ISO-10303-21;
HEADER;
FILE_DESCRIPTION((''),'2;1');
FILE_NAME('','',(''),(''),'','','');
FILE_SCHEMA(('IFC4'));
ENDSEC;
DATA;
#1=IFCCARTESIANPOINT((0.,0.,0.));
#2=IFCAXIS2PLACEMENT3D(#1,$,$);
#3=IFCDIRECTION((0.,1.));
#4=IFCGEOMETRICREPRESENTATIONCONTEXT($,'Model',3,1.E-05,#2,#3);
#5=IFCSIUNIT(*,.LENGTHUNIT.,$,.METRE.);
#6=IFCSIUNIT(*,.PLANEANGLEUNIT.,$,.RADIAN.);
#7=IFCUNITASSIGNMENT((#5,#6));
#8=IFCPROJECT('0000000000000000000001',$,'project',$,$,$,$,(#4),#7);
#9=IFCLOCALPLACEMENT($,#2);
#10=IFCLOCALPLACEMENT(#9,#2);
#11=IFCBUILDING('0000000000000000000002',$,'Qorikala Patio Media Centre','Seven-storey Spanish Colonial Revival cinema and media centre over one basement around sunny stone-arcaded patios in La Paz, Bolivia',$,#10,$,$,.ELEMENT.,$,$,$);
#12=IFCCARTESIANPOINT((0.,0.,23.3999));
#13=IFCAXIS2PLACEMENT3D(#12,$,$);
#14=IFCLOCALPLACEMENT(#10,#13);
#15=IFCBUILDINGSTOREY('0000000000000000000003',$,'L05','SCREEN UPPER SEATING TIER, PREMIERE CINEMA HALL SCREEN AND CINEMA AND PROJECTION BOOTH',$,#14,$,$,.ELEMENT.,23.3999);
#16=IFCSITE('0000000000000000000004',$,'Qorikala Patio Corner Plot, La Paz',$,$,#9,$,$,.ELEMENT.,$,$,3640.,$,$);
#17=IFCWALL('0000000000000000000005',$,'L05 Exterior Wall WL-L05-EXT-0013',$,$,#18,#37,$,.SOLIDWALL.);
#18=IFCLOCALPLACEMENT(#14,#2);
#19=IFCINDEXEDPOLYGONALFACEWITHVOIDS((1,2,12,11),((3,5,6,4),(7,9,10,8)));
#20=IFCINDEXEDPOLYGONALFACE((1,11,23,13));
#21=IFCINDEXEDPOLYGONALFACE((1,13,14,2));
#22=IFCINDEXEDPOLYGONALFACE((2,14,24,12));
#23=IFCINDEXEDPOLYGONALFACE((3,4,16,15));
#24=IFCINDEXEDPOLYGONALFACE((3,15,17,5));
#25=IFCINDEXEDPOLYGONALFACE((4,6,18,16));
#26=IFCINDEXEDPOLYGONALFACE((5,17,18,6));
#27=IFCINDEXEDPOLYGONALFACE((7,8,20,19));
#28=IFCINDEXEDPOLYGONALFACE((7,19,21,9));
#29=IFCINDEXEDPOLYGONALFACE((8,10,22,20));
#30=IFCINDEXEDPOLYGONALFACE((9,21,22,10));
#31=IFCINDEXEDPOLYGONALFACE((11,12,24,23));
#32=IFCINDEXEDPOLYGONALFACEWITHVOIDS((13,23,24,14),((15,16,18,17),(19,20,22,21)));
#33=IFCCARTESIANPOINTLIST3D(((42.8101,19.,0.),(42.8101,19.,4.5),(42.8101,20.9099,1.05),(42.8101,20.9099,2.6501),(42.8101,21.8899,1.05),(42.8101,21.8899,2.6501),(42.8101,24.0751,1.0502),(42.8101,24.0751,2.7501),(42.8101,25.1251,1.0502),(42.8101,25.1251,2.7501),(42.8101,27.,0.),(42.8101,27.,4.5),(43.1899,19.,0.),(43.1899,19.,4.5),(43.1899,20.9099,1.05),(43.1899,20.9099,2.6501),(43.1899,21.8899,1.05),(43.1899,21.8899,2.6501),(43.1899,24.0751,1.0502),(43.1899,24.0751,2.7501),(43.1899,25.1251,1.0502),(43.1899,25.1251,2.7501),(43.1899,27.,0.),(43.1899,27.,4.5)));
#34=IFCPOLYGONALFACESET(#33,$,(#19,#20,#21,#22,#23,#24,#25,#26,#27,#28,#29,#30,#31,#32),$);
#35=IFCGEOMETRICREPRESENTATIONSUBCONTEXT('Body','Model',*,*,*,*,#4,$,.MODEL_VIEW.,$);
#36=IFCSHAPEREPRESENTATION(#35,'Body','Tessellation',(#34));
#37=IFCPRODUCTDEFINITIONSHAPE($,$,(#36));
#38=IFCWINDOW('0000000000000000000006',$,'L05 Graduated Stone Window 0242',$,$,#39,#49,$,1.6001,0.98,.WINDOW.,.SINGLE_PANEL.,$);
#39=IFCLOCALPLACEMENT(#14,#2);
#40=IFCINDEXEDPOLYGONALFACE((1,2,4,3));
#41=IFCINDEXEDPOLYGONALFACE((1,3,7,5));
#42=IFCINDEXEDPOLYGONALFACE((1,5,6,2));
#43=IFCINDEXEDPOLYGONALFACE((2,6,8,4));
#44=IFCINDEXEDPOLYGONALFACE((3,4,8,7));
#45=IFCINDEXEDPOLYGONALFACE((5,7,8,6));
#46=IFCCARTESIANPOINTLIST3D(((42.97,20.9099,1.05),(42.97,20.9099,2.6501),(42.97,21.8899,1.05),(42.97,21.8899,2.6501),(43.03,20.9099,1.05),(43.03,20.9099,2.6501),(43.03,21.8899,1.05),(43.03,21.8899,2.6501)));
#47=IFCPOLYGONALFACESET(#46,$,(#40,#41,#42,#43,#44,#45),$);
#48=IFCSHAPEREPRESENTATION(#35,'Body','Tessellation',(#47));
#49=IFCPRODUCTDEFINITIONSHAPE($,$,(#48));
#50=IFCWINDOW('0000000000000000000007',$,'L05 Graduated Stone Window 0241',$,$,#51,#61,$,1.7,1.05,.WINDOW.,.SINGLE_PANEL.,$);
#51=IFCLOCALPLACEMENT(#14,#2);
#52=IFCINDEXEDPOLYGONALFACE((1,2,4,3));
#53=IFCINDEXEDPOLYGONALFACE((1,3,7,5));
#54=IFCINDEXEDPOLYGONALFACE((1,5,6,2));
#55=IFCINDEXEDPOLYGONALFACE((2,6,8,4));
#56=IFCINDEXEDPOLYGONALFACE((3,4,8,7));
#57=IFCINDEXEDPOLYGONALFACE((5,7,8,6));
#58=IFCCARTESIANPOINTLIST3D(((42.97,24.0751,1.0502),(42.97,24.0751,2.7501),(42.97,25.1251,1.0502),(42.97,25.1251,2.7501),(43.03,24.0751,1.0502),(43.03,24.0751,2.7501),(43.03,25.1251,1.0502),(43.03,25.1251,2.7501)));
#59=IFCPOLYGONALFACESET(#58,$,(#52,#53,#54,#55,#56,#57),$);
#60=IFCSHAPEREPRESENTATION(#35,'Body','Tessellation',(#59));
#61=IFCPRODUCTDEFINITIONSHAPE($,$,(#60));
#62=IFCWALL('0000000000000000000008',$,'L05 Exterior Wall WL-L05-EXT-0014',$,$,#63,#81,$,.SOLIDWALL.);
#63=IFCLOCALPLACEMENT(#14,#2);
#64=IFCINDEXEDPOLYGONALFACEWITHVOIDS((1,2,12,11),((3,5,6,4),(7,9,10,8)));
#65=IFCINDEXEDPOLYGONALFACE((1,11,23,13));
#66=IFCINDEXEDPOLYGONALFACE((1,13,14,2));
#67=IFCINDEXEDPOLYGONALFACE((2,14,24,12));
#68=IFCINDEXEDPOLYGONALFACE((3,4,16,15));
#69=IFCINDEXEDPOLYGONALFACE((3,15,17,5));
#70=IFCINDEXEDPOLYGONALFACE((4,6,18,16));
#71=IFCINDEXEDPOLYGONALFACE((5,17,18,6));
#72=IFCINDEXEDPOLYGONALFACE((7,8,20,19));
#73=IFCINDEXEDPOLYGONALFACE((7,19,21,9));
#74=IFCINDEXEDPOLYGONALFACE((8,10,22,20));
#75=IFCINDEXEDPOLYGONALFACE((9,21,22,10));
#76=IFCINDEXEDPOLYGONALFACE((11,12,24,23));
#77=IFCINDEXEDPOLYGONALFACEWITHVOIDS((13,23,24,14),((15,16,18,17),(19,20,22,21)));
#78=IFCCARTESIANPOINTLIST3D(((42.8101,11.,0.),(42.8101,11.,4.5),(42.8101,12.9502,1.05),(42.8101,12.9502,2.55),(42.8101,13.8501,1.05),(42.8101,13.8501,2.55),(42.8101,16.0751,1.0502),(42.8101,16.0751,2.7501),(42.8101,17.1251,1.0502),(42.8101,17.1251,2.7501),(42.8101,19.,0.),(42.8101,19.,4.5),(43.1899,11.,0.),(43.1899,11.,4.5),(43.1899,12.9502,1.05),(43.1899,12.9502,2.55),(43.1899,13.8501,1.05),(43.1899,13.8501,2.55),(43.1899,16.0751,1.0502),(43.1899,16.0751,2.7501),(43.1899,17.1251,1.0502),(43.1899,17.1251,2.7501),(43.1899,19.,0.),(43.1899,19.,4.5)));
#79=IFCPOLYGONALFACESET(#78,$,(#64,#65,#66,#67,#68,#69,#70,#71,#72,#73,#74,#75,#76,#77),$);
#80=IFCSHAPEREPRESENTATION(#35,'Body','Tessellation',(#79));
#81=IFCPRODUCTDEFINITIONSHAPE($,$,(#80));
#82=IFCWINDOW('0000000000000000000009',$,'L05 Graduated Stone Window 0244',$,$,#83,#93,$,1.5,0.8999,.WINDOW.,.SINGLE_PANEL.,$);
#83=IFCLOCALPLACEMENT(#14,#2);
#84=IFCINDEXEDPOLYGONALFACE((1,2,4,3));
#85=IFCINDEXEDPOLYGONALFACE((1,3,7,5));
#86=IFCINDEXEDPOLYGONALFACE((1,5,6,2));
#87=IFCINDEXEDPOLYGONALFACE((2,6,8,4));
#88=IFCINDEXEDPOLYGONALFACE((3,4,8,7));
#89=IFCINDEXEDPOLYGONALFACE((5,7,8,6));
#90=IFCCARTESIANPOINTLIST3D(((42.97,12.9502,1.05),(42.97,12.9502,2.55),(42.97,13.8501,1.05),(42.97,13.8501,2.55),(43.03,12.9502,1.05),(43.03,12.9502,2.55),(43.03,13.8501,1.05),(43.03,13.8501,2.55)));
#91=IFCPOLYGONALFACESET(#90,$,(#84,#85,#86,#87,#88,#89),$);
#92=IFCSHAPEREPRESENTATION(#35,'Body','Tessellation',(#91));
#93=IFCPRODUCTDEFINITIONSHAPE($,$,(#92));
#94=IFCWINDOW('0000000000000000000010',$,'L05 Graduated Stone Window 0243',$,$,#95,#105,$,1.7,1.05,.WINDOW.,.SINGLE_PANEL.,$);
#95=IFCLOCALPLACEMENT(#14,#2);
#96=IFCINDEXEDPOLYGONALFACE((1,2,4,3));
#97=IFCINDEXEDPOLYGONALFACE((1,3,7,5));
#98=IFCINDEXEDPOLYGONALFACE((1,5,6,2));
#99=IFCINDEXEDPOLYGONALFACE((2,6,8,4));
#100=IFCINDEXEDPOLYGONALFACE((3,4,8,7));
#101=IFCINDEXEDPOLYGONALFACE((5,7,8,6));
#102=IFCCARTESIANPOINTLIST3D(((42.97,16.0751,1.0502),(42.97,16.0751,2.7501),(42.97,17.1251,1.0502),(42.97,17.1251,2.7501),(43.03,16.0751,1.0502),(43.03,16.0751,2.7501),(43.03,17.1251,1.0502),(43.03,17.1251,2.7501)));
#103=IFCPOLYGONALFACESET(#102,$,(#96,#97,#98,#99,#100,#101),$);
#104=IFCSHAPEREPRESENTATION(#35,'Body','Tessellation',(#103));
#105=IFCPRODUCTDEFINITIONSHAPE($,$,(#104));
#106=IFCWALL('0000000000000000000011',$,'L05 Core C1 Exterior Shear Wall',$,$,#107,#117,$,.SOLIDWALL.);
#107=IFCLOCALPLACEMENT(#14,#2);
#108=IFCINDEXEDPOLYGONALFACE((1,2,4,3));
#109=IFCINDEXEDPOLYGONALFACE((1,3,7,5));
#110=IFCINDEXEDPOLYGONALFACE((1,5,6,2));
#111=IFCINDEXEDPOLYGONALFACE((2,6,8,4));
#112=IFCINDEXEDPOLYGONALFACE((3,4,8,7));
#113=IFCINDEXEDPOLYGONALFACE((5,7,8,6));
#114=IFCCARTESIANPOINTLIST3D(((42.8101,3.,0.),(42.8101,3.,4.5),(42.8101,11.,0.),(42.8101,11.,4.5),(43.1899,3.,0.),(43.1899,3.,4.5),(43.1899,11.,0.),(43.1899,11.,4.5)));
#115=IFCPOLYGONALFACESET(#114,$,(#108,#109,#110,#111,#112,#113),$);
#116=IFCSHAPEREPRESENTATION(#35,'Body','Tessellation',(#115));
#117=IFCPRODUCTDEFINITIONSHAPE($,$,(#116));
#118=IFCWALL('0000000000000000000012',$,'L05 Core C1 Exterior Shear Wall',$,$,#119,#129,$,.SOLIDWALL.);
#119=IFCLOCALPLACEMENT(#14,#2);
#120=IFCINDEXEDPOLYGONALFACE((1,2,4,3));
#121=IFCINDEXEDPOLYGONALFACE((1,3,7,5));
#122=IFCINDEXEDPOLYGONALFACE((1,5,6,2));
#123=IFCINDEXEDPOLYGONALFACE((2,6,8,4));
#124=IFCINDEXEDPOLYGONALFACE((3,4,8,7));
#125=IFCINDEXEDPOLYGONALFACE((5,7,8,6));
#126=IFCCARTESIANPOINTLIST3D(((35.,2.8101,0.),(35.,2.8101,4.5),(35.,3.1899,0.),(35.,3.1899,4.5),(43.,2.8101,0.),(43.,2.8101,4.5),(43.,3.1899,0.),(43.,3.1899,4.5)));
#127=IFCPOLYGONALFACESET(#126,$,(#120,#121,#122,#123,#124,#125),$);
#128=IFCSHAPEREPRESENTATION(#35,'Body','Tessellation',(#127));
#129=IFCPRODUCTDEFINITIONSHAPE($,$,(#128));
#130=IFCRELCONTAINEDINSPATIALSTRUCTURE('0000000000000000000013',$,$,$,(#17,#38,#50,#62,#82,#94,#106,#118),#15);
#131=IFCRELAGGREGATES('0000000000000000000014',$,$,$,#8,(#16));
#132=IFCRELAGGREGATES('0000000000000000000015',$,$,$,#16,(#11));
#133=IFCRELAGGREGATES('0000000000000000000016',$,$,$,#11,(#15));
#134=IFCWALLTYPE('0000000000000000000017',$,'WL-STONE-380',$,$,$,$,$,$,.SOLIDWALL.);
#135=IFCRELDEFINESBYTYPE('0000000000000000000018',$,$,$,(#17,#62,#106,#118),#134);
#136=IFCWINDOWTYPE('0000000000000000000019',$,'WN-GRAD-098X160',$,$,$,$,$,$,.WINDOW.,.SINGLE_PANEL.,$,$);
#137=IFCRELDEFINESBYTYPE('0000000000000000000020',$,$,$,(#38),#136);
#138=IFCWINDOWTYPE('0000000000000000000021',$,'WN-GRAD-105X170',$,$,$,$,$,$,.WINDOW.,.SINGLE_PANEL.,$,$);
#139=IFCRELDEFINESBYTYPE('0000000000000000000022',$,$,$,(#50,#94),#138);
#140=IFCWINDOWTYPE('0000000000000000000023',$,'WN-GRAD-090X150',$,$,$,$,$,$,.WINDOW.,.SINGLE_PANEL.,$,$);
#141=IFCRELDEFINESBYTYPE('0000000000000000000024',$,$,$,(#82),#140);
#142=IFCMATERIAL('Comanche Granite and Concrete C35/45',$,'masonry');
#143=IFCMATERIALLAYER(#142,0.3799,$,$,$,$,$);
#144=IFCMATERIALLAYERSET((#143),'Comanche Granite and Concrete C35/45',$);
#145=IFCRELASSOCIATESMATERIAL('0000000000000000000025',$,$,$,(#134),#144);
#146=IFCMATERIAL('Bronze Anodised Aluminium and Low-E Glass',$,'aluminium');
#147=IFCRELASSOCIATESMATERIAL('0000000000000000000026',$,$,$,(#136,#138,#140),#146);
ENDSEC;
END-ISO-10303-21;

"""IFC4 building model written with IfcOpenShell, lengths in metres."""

from ifc_helpers import new_model, si_unit, direction, frame, frame_2d, origin, place, context, subcontext, project, spatial, rectangle, extrude, material, layer, layer_set, type_object, element, fill, save


model = new_model("IFC4")

# Units and contexts
model_context = context("Model", 3, precision=1e-05, world=origin(), true_north=direction((0.0, 1.0)))
body_context = subcontext(model_context, "Body", "Model", "MODEL_VIEW")
ifc_project = project(units=[si_unit("LENGTHUNIT", "METRE"), si_unit("PLANEANGLEUNIT", "RADIAN")], contexts=[model_context])

# Site, building, storey
site_placement = place(None, origin())
site = spatial("IfcSite", under=ifc_project, at=site_placement, Name="Qorikala Patio Corner Plot, La Paz", CompositionType="ELEMENT", RefElevation=3640.0)
building_placement = place(site_placement, origin())
building = spatial("IfcBuilding", under=site, at=building_placement, Name="Qorikala Patio Media Centre", Description="Seven-storey Spanish Colonial Revival cinema and media centre over one basement around sunny stone-arcaded patios in La Paz, Bolivia", CompositionType="ELEMENT")
storey_placement = place(building_placement, frame((0.0, 0.0, 23.3999)))
storey = spatial("IfcBuildingStorey", under=building, at=storey_placement, Name="L05", Description="SCREEN UPPER SEATING TIER, PREMIERE CINEMA HALL SCREEN AND CINEMA AND PROJECTION BOOTH", CompositionType="ELEMENT", Elevation=23.3999)

# Walls, openings, windows
ifc_material_1 = material(Name="Comanche Granite and Concrete C35/45", Category="masonry")
ifc_layer_1 = layer(ifc_material_1, 0.3799)
ifc_layer_set_1 = layer_set([ifc_layer_1], Name="Comanche Granite and Concrete C35/45")
wall_type_1 = type_object("IfcWallType", Name="WL-STONE-380", PredefinedType="SOLIDWALL", material=ifc_layer_set_1)
wall_1_placement = place(storey_placement, frame((43.0, 27.0, 0.0), z_axis=(0.0, 0.0, 1.0), x_axis=(0.0, -1.0, 0.0)))
wall_1 = element("IfcWall", 1, at=wall_1_placement, inside=storey, type_object=wall_type_1, Name="L05 Exterior Wall WL-L05-EXT-0013", PredefinedType="SOLIDWALL", context=body_context, shape_type="SweptSolid", body=[
    extrude(rectangle(XDim=8.0, YDim=0.3799, at=frame_2d((4.0, 0.0))), origin(), (0.0, 0.0, 1.0), 4.5),
])
opening_1_placement = place(wall_1_placement, frame((1.875, 0.0, 1.05)))
opening_1 = element("IfcOpeningElement", 2, at=opening_1_placement, cuts=wall_1, PredefinedType="OPENING", context=body_context, shape_type="SweptSolid", body=[
    extrude(rectangle(XDim=1.05, YDim=1.7, at=frame_2d((0.5249, 0.8501))), frame((0.0, 0.2, 0.0), z_axis=(0.0, -1.0, 0.0), x_axis=(1.0, 0.0, 0.0)), (0.0, 0.0, 1.0), 0.3999),
])
opening_2_placement = place(wall_1_placement, frame((5.1101, 0.0, 1.05)))
opening_2 = element("IfcOpeningElement", 3, at=opening_2_placement, cuts=wall_1, PredefinedType="OPENING", context=body_context, shape_type="SweptSolid", body=[
    extrude(rectangle(XDim=0.98, YDim=1.6001, at=frame_2d((0.49, 0.8))), frame((0.0, 0.2, 0.0), z_axis=(0.0, -1.0, 0.0), x_axis=(1.0, 0.0, 0.0)), (0.0, 0.0, 1.0), 0.3999),
])
ifc_material_2 = material(Name="Bronze Anodised Aluminium and Low-E Glass", Category="aluminium")
window_type_1 = type_object("IfcWindowType", Name="WN-GRAD-098X160", PartitioningType="SINGLE_PANEL", PredefinedType="WINDOW", material=ifc_material_2)
window_1_placement = place(opening_2_placement, origin())
window_1 = element("IfcWindow", 4, at=window_1_placement, inside=storey, type_object=window_type_1, Name="L05 Graduated Stone Window 0242", OverallHeight=1.6001, OverallWidth=0.98, PartitioningType="SINGLE_PANEL", PredefinedType="WINDOW", context=body_context, shape_type="SweptSolid", body=[
    extrude(rectangle(XDim=0.98, YDim=1.6001, at=frame_2d((0.49, 0.8))), frame((0.0, 0.03, 0.0), z_axis=(0.0, -1.0, 0.0), x_axis=(1.0, 0.0, 0.0)), (0.0, 0.0, 1.0), 0.0601),
])
fill(opening_2, window_1)
window_type_2 = type_object("IfcWindowType", Name="WN-GRAD-105X170", PartitioningType="SINGLE_PANEL", PredefinedType="WINDOW", material=ifc_material_2)
window_2_placement = place(opening_1_placement, origin())
window_2 = element("IfcWindow", 5, at=window_2_placement, inside=storey, type_object=window_type_2, Name="L05 Graduated Stone Window 0241", OverallHeight=1.7, OverallWidth=1.05, PartitioningType="SINGLE_PANEL", PredefinedType="WINDOW", context=body_context, shape_type="SweptSolid", body=[
    extrude(rectangle(XDim=1.05, YDim=1.7, at=frame_2d((0.5249, 0.8501))), frame((0.0, 0.03, 0.0), z_axis=(0.0, -1.0, 0.0), x_axis=(1.0, 0.0, 0.0)), (0.0, 0.0, 1.0), 0.0601),
])
fill(opening_1, window_2)
wall_2_placement = place(storey_placement, frame((43.0, 19.0, 0.0), z_axis=(0.0, 0.0, 1.0), x_axis=(0.0, -1.0, 0.0)))
wall_2 = element("IfcWall", 6, at=wall_2_placement, inside=storey, type_object=wall_type_1, Name="L05 Exterior Wall WL-L05-EXT-0014", PredefinedType="SOLIDWALL", context=body_context, shape_type="SweptSolid", body=[
    extrude(rectangle(XDim=8.0, YDim=0.3799, at=frame_2d((4.0, 0.0))), origin(), (0.0, 0.0, 1.0), 4.5),
])
opening_3_placement = place(wall_2_placement, frame((1.875, 0.0, 1.05)))
opening_3 = element("IfcOpeningElement", 7, at=opening_3_placement, cuts=wall_2, PredefinedType="OPENING", context=body_context, shape_type="SweptSolid", body=[
    extrude(rectangle(XDim=1.05, YDim=1.7, at=frame_2d((0.5249, 0.8501))), frame((0.0, 0.2, 0.0), z_axis=(0.0, -1.0, 0.0), x_axis=(1.0, 0.0, 0.0)), (0.0, 0.0, 1.0), 0.3999),
])
opening_4_placement = place(wall_2_placement, frame((5.1499, 0.0, 1.05)))
opening_4 = element("IfcOpeningElement", 8, at=opening_4_placement, cuts=wall_2, PredefinedType="OPENING", context=body_context, shape_type="SweptSolid", body=[
    extrude(rectangle(XDim=0.8999, YDim=1.5, at=frame_2d((0.45, 0.75))), frame((0.0, 0.2, 0.0), z_axis=(0.0, -1.0, 0.0), x_axis=(1.0, 0.0, 0.0)), (0.0, 0.0, 1.0), 0.3999),
])
window_type_3 = type_object("IfcWindowType", Name="WN-GRAD-090X150", PartitioningType="SINGLE_PANEL", PredefinedType="WINDOW", material=ifc_material_2)
window_3_placement = place(opening_4_placement, origin())
window_3 = element("IfcWindow", 9, at=window_3_placement, inside=storey, type_object=window_type_3, Name="L05 Graduated Stone Window 0244", OverallHeight=1.5, OverallWidth=0.8999, PartitioningType="SINGLE_PANEL", PredefinedType="WINDOW", context=body_context, shape_type="SweptSolid", body=[
    extrude(rectangle(XDim=0.8999, YDim=1.5, at=frame_2d((0.45, 0.75))), frame((0.0, 0.03, 0.0), z_axis=(0.0, -1.0, 0.0), x_axis=(1.0, 0.0, 0.0)), (0.0, 0.0, 1.0), 0.0601),
])
fill(opening_4, window_3)
window_4_placement = place(opening_3_placement, origin())
window_4 = element("IfcWindow", 10, at=window_4_placement, inside=storey, type_object=window_type_2, Name="L05 Graduated Stone Window 0243", OverallHeight=1.7, OverallWidth=1.05, PartitioningType="SINGLE_PANEL", PredefinedType="WINDOW", context=body_context, shape_type="SweptSolid", body=[
    extrude(rectangle(XDim=1.05, YDim=1.7, at=frame_2d((0.5249, 0.8501))), frame((0.0, 0.03, 0.0), z_axis=(0.0, -1.0, 0.0), x_axis=(1.0, 0.0, 0.0)), (0.0, 0.0, 1.0), 0.0601),
])
fill(opening_3, window_4)

# Walls
for number, where, z_axis, x_axis, name in (
    (11, (43.0, 11.0, 0.0), (0.0, 0.0, 1.0), (0.0, -1.0, 0.0), "L05 Core C1 Exterior Shear Wall"),
    (12, (43.0, 3.0, 0.0), (0.0, 0.0, 1.0), (-1.0, 0.0, 0.0), "L05 Core C1 Exterior Shear Wall"),
):
    element("IfcWall", number, at=place(storey_placement, frame(where, z_axis=z_axis, x_axis=x_axis)), inside=storey, type_object=wall_type_1, Name=name, PredefinedType="SOLIDWALL", context=body_context, shape_type="SweptSolid", body=[
        extrude(rectangle(XDim=8.0, YDim=0.3799, at=frame_2d((4.0, 0.0))), origin(), (0.0, 0.0, 1.0), 4.5),
    ])

save(model, "model.ifc")
